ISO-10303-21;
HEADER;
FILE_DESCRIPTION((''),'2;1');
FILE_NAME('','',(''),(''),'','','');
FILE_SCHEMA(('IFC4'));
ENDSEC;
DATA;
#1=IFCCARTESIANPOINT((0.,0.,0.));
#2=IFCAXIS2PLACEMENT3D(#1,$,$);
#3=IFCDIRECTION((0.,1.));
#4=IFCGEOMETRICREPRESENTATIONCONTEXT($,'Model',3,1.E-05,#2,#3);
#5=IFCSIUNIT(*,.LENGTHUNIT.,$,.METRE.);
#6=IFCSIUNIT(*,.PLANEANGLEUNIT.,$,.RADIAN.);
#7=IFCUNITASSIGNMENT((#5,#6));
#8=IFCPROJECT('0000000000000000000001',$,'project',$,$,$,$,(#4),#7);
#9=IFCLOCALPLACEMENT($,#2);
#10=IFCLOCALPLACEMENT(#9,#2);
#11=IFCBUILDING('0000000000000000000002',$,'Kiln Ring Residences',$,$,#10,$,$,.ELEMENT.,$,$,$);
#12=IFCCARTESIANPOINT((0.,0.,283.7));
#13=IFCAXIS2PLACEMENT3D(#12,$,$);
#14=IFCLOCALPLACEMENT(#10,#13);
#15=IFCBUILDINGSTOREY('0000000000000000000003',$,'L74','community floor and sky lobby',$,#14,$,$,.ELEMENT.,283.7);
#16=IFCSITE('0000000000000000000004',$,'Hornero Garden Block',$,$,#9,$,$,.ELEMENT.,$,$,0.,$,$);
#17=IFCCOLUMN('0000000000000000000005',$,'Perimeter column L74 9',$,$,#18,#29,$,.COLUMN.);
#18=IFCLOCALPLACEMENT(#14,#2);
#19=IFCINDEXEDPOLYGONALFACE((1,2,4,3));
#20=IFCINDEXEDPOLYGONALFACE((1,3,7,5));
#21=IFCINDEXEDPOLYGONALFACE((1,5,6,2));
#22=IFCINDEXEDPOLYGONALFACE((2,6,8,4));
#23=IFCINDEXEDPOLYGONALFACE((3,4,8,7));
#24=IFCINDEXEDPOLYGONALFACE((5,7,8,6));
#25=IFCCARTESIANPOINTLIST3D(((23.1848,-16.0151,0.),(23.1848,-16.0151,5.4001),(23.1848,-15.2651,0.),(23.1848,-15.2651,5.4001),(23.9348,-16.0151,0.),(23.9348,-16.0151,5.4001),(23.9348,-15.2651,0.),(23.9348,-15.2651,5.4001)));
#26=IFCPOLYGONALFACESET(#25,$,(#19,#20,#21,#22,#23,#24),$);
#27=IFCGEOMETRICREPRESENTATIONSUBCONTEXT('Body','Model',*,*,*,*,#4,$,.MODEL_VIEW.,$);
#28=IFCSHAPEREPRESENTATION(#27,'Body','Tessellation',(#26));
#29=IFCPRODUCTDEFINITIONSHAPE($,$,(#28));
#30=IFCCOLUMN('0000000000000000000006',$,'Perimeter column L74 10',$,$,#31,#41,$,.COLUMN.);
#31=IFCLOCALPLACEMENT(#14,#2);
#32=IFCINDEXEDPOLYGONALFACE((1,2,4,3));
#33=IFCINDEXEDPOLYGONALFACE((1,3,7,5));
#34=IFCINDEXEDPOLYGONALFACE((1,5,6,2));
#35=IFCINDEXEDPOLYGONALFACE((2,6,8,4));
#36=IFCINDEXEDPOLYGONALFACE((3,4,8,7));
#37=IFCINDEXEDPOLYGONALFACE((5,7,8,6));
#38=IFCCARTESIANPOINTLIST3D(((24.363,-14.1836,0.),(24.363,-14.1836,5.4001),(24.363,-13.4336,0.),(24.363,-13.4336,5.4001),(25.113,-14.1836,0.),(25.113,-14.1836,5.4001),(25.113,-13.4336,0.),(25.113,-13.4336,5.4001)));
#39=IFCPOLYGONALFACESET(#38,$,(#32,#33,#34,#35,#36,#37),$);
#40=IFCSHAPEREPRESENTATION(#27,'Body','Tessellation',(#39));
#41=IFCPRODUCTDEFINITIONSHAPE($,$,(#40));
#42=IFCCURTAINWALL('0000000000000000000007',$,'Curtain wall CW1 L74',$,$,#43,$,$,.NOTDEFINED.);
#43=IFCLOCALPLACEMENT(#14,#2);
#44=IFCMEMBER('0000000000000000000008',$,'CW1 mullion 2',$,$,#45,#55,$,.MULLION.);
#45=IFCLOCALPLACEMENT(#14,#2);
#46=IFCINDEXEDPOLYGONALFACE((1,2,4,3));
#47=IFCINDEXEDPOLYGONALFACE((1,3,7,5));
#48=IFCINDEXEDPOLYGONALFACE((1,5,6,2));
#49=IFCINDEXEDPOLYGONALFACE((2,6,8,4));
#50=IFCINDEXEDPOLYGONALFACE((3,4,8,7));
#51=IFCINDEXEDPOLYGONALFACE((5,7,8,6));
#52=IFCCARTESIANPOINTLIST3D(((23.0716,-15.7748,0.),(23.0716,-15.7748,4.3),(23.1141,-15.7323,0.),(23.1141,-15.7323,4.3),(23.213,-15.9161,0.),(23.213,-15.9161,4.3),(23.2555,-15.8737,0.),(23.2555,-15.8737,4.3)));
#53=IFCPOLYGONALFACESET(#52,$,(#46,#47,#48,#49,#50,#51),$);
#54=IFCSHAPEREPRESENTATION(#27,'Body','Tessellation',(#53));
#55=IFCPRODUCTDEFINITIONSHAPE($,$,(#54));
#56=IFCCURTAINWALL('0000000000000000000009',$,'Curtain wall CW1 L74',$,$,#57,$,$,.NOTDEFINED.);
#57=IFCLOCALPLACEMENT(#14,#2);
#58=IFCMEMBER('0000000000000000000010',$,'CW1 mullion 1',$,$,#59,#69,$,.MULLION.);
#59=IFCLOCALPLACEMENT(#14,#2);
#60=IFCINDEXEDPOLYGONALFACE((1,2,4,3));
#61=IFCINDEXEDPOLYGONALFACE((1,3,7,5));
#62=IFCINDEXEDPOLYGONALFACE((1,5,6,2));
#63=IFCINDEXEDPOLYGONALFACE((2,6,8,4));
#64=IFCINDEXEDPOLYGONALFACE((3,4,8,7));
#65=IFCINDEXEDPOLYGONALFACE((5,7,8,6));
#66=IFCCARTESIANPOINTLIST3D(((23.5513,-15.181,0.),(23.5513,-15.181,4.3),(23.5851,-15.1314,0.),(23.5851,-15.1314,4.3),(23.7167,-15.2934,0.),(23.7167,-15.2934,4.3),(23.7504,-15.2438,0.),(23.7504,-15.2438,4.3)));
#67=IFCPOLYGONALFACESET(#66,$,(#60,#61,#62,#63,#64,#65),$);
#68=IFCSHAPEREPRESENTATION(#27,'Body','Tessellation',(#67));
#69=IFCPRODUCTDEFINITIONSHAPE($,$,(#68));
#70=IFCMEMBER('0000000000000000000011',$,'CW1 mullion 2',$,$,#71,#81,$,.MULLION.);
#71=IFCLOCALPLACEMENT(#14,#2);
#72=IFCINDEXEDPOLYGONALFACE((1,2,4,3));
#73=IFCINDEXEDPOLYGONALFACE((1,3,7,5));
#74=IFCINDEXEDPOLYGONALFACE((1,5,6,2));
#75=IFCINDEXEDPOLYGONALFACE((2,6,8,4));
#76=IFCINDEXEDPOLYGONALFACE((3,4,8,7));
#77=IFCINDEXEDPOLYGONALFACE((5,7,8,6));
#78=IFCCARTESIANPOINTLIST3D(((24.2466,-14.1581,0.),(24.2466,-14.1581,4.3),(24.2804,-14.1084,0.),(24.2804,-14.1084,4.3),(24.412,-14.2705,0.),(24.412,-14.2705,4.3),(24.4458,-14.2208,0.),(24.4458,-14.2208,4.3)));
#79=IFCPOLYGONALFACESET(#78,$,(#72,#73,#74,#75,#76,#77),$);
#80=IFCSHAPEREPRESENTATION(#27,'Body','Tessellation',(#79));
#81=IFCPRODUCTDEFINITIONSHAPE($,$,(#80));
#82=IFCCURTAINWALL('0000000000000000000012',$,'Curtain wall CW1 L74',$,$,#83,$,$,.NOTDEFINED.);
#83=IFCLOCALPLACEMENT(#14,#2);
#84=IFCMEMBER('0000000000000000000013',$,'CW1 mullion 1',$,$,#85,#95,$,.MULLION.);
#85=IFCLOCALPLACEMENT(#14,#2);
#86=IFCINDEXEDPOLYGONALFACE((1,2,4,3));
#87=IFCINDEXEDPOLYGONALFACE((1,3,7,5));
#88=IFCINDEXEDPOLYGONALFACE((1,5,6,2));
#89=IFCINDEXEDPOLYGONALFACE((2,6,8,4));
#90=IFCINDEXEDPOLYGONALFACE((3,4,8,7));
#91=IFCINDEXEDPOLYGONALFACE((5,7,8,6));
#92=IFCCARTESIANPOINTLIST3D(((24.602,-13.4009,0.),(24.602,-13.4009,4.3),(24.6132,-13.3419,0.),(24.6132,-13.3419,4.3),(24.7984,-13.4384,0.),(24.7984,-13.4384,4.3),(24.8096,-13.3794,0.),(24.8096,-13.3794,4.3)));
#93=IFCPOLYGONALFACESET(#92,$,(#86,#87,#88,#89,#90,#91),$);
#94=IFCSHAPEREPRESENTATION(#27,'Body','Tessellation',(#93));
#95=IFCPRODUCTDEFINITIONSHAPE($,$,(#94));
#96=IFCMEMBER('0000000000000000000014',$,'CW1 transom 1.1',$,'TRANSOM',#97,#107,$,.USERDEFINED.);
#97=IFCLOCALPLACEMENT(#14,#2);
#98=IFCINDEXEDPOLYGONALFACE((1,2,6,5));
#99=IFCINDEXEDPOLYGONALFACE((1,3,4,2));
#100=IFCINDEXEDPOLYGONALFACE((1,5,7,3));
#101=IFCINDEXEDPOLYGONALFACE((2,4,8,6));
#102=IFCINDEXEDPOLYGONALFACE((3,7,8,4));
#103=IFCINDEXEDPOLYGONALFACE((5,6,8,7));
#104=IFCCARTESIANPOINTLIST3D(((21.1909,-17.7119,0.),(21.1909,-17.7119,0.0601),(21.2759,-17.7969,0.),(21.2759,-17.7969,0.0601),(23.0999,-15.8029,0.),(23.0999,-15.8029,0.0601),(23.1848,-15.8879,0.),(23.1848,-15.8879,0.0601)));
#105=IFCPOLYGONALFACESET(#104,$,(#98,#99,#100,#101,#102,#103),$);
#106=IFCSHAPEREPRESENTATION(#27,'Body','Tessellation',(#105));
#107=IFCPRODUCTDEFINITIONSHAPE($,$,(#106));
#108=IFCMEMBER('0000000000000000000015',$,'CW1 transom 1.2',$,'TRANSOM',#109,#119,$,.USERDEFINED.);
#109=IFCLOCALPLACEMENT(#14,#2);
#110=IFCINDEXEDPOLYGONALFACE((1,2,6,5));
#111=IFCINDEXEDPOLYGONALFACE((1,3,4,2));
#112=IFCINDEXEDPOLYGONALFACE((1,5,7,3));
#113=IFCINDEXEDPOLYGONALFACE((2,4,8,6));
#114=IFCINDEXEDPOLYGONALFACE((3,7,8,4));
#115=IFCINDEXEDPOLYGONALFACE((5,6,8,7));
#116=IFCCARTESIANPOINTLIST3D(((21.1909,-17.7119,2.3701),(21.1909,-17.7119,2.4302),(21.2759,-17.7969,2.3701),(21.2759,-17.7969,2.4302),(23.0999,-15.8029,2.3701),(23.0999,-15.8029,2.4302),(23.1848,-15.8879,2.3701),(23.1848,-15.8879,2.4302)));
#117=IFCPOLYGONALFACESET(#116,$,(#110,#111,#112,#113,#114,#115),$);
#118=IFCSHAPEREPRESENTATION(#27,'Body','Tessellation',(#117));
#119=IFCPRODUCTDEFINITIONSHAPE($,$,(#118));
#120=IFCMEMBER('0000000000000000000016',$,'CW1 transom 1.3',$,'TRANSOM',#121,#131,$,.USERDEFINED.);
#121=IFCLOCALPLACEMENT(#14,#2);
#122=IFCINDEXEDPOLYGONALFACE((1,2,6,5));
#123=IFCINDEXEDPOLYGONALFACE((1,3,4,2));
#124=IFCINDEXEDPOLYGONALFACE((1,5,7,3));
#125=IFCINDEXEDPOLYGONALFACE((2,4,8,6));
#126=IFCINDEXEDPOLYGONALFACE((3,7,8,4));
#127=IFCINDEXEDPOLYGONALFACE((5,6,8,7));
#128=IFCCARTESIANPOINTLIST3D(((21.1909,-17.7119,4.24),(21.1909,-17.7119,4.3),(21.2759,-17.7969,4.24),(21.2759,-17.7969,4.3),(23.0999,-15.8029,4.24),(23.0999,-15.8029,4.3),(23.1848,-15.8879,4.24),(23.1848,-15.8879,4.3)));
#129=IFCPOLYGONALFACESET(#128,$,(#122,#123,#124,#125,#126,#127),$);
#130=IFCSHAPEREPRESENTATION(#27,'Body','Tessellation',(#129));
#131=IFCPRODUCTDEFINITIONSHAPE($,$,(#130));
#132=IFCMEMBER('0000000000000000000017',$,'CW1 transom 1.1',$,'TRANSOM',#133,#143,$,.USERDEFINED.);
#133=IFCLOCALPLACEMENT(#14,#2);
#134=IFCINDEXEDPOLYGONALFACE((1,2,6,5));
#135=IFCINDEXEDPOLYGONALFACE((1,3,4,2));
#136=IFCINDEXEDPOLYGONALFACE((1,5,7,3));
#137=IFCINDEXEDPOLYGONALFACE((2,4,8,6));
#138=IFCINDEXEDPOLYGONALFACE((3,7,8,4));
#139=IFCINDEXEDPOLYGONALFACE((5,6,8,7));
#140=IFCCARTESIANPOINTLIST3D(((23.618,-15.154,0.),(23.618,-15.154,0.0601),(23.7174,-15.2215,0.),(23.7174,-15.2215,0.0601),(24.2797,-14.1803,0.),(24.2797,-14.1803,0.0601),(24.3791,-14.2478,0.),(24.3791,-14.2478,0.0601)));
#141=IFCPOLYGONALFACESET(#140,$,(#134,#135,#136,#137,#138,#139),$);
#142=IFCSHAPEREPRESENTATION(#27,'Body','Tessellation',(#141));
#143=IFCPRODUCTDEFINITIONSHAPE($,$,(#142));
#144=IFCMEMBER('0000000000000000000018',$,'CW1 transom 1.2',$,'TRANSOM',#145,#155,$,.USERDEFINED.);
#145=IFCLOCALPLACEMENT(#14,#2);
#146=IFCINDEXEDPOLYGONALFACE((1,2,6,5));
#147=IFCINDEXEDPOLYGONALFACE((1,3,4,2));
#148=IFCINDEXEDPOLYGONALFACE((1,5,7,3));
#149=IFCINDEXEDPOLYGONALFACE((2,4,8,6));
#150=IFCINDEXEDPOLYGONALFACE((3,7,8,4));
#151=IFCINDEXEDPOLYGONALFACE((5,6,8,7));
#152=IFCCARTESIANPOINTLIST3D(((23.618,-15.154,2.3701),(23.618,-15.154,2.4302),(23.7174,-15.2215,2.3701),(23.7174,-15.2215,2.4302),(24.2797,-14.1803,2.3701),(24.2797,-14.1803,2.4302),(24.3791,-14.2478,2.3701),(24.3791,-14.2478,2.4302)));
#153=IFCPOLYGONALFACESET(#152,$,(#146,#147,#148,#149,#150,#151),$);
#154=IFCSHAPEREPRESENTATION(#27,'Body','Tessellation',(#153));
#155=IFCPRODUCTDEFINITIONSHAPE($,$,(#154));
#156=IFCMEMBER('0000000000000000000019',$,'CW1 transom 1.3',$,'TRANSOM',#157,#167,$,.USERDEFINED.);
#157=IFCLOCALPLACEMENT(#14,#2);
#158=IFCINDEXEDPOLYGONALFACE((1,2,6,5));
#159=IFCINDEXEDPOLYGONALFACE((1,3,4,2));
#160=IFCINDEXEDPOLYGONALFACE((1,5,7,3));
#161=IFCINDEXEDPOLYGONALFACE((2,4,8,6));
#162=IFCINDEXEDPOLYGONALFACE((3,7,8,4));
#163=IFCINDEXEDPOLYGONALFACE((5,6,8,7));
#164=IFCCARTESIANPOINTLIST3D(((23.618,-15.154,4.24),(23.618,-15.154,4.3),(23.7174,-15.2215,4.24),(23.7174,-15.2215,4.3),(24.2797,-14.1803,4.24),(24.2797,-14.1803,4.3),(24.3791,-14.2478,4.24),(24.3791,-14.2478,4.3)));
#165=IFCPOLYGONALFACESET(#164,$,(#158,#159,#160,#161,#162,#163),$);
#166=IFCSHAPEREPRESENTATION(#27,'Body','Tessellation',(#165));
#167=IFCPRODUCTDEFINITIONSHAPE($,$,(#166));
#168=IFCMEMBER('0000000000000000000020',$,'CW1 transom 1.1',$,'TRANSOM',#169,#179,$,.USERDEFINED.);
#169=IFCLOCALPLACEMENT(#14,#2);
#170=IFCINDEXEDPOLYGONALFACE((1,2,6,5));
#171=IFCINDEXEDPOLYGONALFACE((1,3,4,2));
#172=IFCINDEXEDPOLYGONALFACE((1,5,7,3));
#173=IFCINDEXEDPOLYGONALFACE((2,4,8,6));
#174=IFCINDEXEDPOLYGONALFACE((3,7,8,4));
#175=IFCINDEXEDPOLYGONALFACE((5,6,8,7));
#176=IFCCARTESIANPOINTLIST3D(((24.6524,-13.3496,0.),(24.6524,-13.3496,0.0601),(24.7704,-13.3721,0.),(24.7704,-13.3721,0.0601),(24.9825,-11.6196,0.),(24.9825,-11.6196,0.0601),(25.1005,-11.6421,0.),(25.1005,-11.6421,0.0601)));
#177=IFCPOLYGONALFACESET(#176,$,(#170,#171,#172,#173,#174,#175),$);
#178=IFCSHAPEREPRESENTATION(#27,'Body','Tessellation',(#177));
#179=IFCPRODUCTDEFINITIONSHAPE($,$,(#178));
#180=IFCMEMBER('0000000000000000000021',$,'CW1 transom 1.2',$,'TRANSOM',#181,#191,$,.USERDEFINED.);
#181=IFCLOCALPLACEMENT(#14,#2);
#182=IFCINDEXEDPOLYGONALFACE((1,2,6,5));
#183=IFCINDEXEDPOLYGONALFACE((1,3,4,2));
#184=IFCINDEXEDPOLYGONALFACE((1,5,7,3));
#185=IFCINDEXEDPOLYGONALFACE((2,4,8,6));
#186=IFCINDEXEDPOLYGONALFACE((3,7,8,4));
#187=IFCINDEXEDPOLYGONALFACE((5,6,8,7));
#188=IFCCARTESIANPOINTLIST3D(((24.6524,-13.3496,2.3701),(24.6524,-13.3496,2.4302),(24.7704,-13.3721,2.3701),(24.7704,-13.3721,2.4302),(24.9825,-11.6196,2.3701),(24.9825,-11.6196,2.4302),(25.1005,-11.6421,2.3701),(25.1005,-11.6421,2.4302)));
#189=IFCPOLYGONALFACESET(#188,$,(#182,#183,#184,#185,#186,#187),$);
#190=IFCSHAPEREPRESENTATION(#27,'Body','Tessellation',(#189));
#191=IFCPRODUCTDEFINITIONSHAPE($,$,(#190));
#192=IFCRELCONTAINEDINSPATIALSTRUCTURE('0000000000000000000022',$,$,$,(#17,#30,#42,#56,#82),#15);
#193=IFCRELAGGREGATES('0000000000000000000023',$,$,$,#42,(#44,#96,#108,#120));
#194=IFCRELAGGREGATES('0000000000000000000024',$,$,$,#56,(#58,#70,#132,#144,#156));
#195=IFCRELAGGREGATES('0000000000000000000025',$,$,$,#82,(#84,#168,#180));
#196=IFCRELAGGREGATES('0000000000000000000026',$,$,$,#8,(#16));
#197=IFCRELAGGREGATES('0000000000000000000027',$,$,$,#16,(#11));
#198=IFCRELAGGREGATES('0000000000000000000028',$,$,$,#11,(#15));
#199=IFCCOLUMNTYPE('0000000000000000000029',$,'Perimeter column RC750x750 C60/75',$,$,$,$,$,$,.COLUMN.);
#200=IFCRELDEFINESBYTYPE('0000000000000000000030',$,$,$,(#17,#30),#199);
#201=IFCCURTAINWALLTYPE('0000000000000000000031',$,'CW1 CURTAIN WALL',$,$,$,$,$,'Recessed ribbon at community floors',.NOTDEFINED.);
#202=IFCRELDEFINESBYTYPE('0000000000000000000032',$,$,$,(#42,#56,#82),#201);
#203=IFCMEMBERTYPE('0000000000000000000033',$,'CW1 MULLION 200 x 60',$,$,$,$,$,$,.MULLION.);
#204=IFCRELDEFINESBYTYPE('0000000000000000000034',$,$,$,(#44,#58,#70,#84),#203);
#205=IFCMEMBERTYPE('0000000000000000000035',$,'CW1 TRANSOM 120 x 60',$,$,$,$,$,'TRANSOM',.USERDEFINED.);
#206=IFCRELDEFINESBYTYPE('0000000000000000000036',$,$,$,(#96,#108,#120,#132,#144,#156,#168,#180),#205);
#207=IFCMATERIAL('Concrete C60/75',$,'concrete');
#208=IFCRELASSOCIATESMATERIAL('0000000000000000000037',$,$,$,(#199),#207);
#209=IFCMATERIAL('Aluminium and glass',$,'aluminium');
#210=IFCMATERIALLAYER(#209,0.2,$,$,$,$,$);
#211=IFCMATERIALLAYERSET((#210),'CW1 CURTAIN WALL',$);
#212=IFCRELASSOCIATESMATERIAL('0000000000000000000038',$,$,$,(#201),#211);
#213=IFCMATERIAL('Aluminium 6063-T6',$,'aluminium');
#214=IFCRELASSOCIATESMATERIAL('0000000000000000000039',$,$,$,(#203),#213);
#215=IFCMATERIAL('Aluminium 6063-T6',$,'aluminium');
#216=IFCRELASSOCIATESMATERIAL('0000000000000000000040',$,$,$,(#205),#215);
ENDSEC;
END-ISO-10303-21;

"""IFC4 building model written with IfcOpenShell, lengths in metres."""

from ifc_helpers import new_model, si_unit, direction, frame, origin, origin_2d, place, context, subcontext, project, spatial, rectangle, extrude, material, layer, layer_set, material_profile, profile_set, type_object, element, aggregate, save


model = new_model("IFC4")

# Units and contexts
model_context = context("Model", 3, precision=1e-05, world=origin(), true_north=direction((0.0, 1.0)))
body_context = subcontext(model_context, "Body", "Model", "MODEL_VIEW")
ifc_project = project(units=[si_unit("LENGTHUNIT", "METRE"), si_unit("PLANEANGLEUNIT", "RADIAN")], contexts=[model_context])

# Site, building, storey
site_placement = place(None, origin())
site = spatial("IfcSite", under=ifc_project, at=site_placement, Name="Hornero Garden Block", CompositionType="ELEMENT", RefElevation=0.0)
building_placement = place(site_placement, origin())
building = spatial("IfcBuilding", under=site, at=building_placement, Name="Kiln Ring Residences", CompositionType="ELEMENT")
storey_placement = place(building_placement, frame((0.0, 0.0, 283.7)))
storey = spatial("IfcBuildingStorey", under=building, at=storey_placement, Name="L74", Description="community floor and sky lobby", CompositionType="ELEMENT", Elevation=283.7)

# Columns
ifc_material_1 = material(Name="Concrete C60/75", Category="concrete")
ifc_material_profile_1 = material_profile(ifc_material_1, rectangle(XDim=0.75, YDim=0.75, at=origin_2d()), Name="RC750x750")
ifc_profile_set_1 = profile_set([ifc_material_profile_1], Name="Concrete C60/75")
column_type = type_object("IfcColumnType", Name="Perimeter column RC750x750 C60/75", PredefinedType="COLUMN", material=ifc_profile_set_1)
for number, where, z_axis, x_axis, name in (
    (1, (23.5598, -15.6401, 0.0), (0.0, 0.0, 1.0), (1.0, 0.0, 0.0), "Perimeter column L74 9"),
    (2, (24.738, -13.8086, 0.0), (0.0, 0.0, 1.0), (1.0, 0.0, 0.0), "Perimeter column L74 10"),
):
    element("IfcColumn", number, at=place(storey_placement, frame(where, z_axis=z_axis, x_axis=x_axis)), inside=storey, type_object=column_type, Name=name, PredefinedType="COLUMN", context=body_context, shape_type="SweptSolid", body=[
        extrude(rectangle(XDim=0.75, YDim=0.75, at=origin_2d()), origin(), (0.0, 0.0, 1.0), 5.4001),
    ])

# Curtain wall, member
ifc_material_2 = material(Name="Aluminium and glass", Category="aluminium")
ifc_layer_1 = layer(ifc_material_2, 0.2)
ifc_layer_set_1 = layer_set([ifc_layer_1], Name="CW1 CURTAIN WALL")
curtain_wall_type = type_object("IfcCurtainWallType", Name="CW1 CURTAIN WALL", ElementType="Recessed ribbon at community floors", PredefinedType="NOTDEFINED", material=ifc_layer_set_1)
placement = place(storey_placement, origin())
curtain_wall_1 = element("IfcCurtainWall", 3, at=placement, inside=storey, type_object=curtain_wall_type, Name="Curtain wall CW1 L74", PredefinedType="NOTDEFINED")
ifc_material_3 = material(Name="Aluminium 6063-T6", Category="aluminium")
ifc_material_profile_2 = material_profile(ifc_material_3, rectangle(XDim=0.2, YDim=0.0601, at=origin_2d()), Name="AL 200x60")
ifc_profile_set_2 = profile_set([ifc_material_profile_2], Name="Aluminium 6063-T6")
member_type_1 = type_object("IfcMemberType", Name="CW1 MULLION 200 x 60", PredefinedType="MULLION", material=ifc_profile_set_2)
member_1_placement = place(storey_placement, frame((23.1636, -15.8242, 0.0), z_axis=(0.0, 0.0, 1.0), x_axis=(-0.707107, 0.707107, 0.0)))
member_1 = element("IfcMember", 4, at=member_1_placement, type_object=member_type_1, Name="CW1 mullion 2", PredefinedType="MULLION", context=body_context, shape_type="SweptSolid", body=[
    extrude(rectangle(XDim=0.2, YDim=0.0601, at=origin_2d()), origin(), (0.0, 0.0, 1.0), 4.3),
])

# Curtain wall, members
curtain_wall_2 = element("IfcCurtainWall", 5, at=placement, inside=storey, type_object=curtain_wall_type, Name="Curtain wall CW1 L74", PredefinedType="NOTDEFINED")
member_2_placement = place(storey_placement, frame((23.6509, -15.2124, 0.0), z_axis=(0.0, 0.0, 1.0), x_axis=(-0.827072, 0.562097, 0.0)))
member_2 = element("IfcMember", 6, at=member_2_placement, type_object=member_type_1, Name="CW1 mullion 1", PredefinedType="MULLION", context=body_context, shape_type="SweptSolid", body=[
    extrude(rectangle(XDim=0.2, YDim=0.0601, at=origin_2d()), origin(), (0.0, 0.0, 1.0), 4.3),
])
member_3_placement = place(storey_placement, frame((24.3462, -14.1895, 0.0), z_axis=(0.0, 0.0, 1.0), x_axis=(-0.827072, 0.562097, 0.0)))
member_3 = element("IfcMember", 7, at=member_3_placement, type_object=member_type_1, Name="CW1 mullion 2", PredefinedType="MULLION", context=body_context, shape_type="SweptSolid", body=[
    extrude(rectangle(XDim=0.2, YDim=0.0601, at=origin_2d()), origin(), (0.0, 0.0, 1.0), 4.3),
])

# Curtain wall, member
curtain_wall_3 = element("IfcCurtainWall", 8, at=placement, inside=storey, type_object=curtain_wall_type, Name="Curtain wall CW1 L74", PredefinedType="NOTDEFINED")
member_4_placement = place(storey_placement, frame((24.7058, -13.3901, 0.0), z_axis=(0.0, 0.0, 1.0), x_axis=(-0.98229, 0.187366, 0.0)))
member_4 = element("IfcMember", 9, at=member_4_placement, type_object=member_type_1, Name="CW1 mullion 1", PredefinedType="MULLION", context=body_context, shape_type="SweptSolid", body=[
    extrude(rectangle(XDim=0.2, YDim=0.0601, at=origin_2d()), origin(), (0.0, 0.0, 1.0), 4.3),
])

# Members
ifc_material_4 = material(Name="Aluminium 6063-T6", Category="aluminium")
ifc_material_profile_3 = material_profile(ifc_material_4, rectangle(XDim=0.1201, YDim=0.0601, at=origin_2d()), Name="AL 120x60")
ifc_profile_set_3 = profile_set([ifc_material_profile_3], Name="Aluminium 6063-T6")
member_type_2 = type_object("IfcMemberType", Name="CW1 TRANSOM 120 x 60", ElementType="TRANSOM", PredefinedType="USERDEFINED", material=ifc_profile_set_3)
member_5_placement = place(storey_placement, frame((21.2334, -17.7544, 0.03), z_axis=(0.707107, 0.707107, 0.0), x_axis=(-0.707107, 0.707107, 0.0)))
member_5 = element("IfcMember", 10, at=member_5_placement, type_object=member_type_2, Name="CW1 transom 1.1", ObjectType="TRANSOM", PredefinedType="USERDEFINED", context=body_context, shape_type="SweptSolid", body=[
    extrude(rectangle(XDim=0.1201, YDim=0.0601, at=origin_2d()), origin(), (0.0, 0.0, 1.0), 2.6997),
])
member_6_placement = place(storey_placement, frame((21.2334, -17.7544, 2.4001), z_axis=(0.707107, 0.707107, 0.0), x_axis=(-0.707107, 0.707107, 0.0)))
member_6 = element("IfcMember", 11, at=member_6_placement, type_object=member_type_2, Name="CW1 transom 1.2", ObjectType="TRANSOM", PredefinedType="USERDEFINED", context=body_context, shape_type="SweptSolid", body=[
    extrude(rectangle(XDim=0.1201, YDim=0.0601, at=origin_2d()), origin(), (0.0, 0.0, 1.0), 2.6997),
])
member_7_placement = place(storey_placement, frame((21.2334, -17.7544, 4.27), z_axis=(0.707107, 0.707107, 0.0), x_axis=(-0.707107, 0.707107, 0.0)))
member_7 = element("IfcMember", 12, at=member_7_placement, type_object=member_type_2, Name="CW1 transom 1.3", ObjectType="TRANSOM", PredefinedType="USERDEFINED", context=body_context, shape_type="SweptSolid", body=[
    extrude(rectangle(XDim=0.1201, YDim=0.0601, at=origin_2d()), origin(), (0.0, 0.0, 1.0), 2.6997),
])
member_8_placement = place(storey_placement, frame((23.6677, -15.1877, 0.03), z_axis=(0.562049, 0.827104, 0.0), x_axis=(-0.827104, 0.562049, 0.0)))
member_8 = element("IfcMember", 13, at=member_8_placement, type_object=member_type_2, Name="CW1 transom 1.1", ObjectType="TRANSOM", PredefinedType="USERDEFINED", context=body_context, shape_type="SweptSolid", body=[
    extrude(rectangle(XDim=0.1201, YDim=0.0601, at=origin_2d()), origin(), (0.0, 0.0, 1.0), 1.1772),
])
member_9_placement = place(storey_placement, frame((23.6677, -15.1877, 2.4001), z_axis=(0.562049, 0.827104, 0.0), x_axis=(-0.827104, 0.562049, 0.0)))
member_9 = element("IfcMember", 14, at=member_9_placement, type_object=member_type_2, Name="CW1 transom 1.2", ObjectType="TRANSOM", PredefinedType="USERDEFINED", context=body_context, shape_type="SweptSolid", body=[
    extrude(rectangle(XDim=0.1201, YDim=0.0601, at=origin_2d()), origin(), (0.0, 0.0, 1.0), 1.1772),
])
member_10_placement = place(storey_placement, frame((23.6677, -15.1877, 4.27), z_axis=(0.562049, 0.827104, 0.0), x_axis=(-0.827104, 0.562049, 0.0)))
member_10 = element("IfcMember", 15, at=member_10_placement, type_object=member_type_2, Name="CW1 transom 1.3", ObjectType="TRANSOM", PredefinedType="USERDEFINED", context=body_context, shape_type="SweptSolid", body=[
    extrude(rectangle(XDim=0.1201, YDim=0.0601, at=origin_2d()), origin(), (0.0, 0.0, 1.0), 1.1772),
])
member_11_placement = place(storey_placement, frame((24.7114, -13.3608, 0.03), z_axis=(0.187418, 0.98228, 0.0), x_axis=(-0.98228, 0.187418, 0.0)))
member_11 = element("IfcMember", 16, at=member_11_placement, type_object=member_type_2, Name="CW1 transom 1.1", ObjectType="TRANSOM", PredefinedType="USERDEFINED", context=body_context, shape_type="SweptSolid", body=[
    extrude(rectangle(XDim=0.1201, YDim=0.0601, at=origin_2d()), origin(), (0.0, 0.0, 1.0), 1.7612),
])
member_12_placement = place(storey_placement, frame((24.7114, -13.3608, 2.4001), z_axis=(0.187418, 0.98228, 0.0), x_axis=(-0.98228, 0.187418, 0.0)))
member_12 = element("IfcMember", 17, at=member_12_placement, type_object=member_type_2, Name="CW1 transom 1.2", ObjectType="TRANSOM", PredefinedType="USERDEFINED", context=body_context, shape_type="SweptSolid", body=[
    extrude(rectangle(XDim=0.1201, YDim=0.0601, at=origin_2d()), origin(), (0.0, 0.0, 1.0), 1.7612),
])

aggregate(curtain_wall_1, [member_1, member_5, member_6, member_7])
aggregate(curtain_wall_2, [member_2, member_3, member_8, member_9, member_10])
aggregate(curtain_wall_3, [member_4, member_11, member_12])

save(model, "model.ifc")
